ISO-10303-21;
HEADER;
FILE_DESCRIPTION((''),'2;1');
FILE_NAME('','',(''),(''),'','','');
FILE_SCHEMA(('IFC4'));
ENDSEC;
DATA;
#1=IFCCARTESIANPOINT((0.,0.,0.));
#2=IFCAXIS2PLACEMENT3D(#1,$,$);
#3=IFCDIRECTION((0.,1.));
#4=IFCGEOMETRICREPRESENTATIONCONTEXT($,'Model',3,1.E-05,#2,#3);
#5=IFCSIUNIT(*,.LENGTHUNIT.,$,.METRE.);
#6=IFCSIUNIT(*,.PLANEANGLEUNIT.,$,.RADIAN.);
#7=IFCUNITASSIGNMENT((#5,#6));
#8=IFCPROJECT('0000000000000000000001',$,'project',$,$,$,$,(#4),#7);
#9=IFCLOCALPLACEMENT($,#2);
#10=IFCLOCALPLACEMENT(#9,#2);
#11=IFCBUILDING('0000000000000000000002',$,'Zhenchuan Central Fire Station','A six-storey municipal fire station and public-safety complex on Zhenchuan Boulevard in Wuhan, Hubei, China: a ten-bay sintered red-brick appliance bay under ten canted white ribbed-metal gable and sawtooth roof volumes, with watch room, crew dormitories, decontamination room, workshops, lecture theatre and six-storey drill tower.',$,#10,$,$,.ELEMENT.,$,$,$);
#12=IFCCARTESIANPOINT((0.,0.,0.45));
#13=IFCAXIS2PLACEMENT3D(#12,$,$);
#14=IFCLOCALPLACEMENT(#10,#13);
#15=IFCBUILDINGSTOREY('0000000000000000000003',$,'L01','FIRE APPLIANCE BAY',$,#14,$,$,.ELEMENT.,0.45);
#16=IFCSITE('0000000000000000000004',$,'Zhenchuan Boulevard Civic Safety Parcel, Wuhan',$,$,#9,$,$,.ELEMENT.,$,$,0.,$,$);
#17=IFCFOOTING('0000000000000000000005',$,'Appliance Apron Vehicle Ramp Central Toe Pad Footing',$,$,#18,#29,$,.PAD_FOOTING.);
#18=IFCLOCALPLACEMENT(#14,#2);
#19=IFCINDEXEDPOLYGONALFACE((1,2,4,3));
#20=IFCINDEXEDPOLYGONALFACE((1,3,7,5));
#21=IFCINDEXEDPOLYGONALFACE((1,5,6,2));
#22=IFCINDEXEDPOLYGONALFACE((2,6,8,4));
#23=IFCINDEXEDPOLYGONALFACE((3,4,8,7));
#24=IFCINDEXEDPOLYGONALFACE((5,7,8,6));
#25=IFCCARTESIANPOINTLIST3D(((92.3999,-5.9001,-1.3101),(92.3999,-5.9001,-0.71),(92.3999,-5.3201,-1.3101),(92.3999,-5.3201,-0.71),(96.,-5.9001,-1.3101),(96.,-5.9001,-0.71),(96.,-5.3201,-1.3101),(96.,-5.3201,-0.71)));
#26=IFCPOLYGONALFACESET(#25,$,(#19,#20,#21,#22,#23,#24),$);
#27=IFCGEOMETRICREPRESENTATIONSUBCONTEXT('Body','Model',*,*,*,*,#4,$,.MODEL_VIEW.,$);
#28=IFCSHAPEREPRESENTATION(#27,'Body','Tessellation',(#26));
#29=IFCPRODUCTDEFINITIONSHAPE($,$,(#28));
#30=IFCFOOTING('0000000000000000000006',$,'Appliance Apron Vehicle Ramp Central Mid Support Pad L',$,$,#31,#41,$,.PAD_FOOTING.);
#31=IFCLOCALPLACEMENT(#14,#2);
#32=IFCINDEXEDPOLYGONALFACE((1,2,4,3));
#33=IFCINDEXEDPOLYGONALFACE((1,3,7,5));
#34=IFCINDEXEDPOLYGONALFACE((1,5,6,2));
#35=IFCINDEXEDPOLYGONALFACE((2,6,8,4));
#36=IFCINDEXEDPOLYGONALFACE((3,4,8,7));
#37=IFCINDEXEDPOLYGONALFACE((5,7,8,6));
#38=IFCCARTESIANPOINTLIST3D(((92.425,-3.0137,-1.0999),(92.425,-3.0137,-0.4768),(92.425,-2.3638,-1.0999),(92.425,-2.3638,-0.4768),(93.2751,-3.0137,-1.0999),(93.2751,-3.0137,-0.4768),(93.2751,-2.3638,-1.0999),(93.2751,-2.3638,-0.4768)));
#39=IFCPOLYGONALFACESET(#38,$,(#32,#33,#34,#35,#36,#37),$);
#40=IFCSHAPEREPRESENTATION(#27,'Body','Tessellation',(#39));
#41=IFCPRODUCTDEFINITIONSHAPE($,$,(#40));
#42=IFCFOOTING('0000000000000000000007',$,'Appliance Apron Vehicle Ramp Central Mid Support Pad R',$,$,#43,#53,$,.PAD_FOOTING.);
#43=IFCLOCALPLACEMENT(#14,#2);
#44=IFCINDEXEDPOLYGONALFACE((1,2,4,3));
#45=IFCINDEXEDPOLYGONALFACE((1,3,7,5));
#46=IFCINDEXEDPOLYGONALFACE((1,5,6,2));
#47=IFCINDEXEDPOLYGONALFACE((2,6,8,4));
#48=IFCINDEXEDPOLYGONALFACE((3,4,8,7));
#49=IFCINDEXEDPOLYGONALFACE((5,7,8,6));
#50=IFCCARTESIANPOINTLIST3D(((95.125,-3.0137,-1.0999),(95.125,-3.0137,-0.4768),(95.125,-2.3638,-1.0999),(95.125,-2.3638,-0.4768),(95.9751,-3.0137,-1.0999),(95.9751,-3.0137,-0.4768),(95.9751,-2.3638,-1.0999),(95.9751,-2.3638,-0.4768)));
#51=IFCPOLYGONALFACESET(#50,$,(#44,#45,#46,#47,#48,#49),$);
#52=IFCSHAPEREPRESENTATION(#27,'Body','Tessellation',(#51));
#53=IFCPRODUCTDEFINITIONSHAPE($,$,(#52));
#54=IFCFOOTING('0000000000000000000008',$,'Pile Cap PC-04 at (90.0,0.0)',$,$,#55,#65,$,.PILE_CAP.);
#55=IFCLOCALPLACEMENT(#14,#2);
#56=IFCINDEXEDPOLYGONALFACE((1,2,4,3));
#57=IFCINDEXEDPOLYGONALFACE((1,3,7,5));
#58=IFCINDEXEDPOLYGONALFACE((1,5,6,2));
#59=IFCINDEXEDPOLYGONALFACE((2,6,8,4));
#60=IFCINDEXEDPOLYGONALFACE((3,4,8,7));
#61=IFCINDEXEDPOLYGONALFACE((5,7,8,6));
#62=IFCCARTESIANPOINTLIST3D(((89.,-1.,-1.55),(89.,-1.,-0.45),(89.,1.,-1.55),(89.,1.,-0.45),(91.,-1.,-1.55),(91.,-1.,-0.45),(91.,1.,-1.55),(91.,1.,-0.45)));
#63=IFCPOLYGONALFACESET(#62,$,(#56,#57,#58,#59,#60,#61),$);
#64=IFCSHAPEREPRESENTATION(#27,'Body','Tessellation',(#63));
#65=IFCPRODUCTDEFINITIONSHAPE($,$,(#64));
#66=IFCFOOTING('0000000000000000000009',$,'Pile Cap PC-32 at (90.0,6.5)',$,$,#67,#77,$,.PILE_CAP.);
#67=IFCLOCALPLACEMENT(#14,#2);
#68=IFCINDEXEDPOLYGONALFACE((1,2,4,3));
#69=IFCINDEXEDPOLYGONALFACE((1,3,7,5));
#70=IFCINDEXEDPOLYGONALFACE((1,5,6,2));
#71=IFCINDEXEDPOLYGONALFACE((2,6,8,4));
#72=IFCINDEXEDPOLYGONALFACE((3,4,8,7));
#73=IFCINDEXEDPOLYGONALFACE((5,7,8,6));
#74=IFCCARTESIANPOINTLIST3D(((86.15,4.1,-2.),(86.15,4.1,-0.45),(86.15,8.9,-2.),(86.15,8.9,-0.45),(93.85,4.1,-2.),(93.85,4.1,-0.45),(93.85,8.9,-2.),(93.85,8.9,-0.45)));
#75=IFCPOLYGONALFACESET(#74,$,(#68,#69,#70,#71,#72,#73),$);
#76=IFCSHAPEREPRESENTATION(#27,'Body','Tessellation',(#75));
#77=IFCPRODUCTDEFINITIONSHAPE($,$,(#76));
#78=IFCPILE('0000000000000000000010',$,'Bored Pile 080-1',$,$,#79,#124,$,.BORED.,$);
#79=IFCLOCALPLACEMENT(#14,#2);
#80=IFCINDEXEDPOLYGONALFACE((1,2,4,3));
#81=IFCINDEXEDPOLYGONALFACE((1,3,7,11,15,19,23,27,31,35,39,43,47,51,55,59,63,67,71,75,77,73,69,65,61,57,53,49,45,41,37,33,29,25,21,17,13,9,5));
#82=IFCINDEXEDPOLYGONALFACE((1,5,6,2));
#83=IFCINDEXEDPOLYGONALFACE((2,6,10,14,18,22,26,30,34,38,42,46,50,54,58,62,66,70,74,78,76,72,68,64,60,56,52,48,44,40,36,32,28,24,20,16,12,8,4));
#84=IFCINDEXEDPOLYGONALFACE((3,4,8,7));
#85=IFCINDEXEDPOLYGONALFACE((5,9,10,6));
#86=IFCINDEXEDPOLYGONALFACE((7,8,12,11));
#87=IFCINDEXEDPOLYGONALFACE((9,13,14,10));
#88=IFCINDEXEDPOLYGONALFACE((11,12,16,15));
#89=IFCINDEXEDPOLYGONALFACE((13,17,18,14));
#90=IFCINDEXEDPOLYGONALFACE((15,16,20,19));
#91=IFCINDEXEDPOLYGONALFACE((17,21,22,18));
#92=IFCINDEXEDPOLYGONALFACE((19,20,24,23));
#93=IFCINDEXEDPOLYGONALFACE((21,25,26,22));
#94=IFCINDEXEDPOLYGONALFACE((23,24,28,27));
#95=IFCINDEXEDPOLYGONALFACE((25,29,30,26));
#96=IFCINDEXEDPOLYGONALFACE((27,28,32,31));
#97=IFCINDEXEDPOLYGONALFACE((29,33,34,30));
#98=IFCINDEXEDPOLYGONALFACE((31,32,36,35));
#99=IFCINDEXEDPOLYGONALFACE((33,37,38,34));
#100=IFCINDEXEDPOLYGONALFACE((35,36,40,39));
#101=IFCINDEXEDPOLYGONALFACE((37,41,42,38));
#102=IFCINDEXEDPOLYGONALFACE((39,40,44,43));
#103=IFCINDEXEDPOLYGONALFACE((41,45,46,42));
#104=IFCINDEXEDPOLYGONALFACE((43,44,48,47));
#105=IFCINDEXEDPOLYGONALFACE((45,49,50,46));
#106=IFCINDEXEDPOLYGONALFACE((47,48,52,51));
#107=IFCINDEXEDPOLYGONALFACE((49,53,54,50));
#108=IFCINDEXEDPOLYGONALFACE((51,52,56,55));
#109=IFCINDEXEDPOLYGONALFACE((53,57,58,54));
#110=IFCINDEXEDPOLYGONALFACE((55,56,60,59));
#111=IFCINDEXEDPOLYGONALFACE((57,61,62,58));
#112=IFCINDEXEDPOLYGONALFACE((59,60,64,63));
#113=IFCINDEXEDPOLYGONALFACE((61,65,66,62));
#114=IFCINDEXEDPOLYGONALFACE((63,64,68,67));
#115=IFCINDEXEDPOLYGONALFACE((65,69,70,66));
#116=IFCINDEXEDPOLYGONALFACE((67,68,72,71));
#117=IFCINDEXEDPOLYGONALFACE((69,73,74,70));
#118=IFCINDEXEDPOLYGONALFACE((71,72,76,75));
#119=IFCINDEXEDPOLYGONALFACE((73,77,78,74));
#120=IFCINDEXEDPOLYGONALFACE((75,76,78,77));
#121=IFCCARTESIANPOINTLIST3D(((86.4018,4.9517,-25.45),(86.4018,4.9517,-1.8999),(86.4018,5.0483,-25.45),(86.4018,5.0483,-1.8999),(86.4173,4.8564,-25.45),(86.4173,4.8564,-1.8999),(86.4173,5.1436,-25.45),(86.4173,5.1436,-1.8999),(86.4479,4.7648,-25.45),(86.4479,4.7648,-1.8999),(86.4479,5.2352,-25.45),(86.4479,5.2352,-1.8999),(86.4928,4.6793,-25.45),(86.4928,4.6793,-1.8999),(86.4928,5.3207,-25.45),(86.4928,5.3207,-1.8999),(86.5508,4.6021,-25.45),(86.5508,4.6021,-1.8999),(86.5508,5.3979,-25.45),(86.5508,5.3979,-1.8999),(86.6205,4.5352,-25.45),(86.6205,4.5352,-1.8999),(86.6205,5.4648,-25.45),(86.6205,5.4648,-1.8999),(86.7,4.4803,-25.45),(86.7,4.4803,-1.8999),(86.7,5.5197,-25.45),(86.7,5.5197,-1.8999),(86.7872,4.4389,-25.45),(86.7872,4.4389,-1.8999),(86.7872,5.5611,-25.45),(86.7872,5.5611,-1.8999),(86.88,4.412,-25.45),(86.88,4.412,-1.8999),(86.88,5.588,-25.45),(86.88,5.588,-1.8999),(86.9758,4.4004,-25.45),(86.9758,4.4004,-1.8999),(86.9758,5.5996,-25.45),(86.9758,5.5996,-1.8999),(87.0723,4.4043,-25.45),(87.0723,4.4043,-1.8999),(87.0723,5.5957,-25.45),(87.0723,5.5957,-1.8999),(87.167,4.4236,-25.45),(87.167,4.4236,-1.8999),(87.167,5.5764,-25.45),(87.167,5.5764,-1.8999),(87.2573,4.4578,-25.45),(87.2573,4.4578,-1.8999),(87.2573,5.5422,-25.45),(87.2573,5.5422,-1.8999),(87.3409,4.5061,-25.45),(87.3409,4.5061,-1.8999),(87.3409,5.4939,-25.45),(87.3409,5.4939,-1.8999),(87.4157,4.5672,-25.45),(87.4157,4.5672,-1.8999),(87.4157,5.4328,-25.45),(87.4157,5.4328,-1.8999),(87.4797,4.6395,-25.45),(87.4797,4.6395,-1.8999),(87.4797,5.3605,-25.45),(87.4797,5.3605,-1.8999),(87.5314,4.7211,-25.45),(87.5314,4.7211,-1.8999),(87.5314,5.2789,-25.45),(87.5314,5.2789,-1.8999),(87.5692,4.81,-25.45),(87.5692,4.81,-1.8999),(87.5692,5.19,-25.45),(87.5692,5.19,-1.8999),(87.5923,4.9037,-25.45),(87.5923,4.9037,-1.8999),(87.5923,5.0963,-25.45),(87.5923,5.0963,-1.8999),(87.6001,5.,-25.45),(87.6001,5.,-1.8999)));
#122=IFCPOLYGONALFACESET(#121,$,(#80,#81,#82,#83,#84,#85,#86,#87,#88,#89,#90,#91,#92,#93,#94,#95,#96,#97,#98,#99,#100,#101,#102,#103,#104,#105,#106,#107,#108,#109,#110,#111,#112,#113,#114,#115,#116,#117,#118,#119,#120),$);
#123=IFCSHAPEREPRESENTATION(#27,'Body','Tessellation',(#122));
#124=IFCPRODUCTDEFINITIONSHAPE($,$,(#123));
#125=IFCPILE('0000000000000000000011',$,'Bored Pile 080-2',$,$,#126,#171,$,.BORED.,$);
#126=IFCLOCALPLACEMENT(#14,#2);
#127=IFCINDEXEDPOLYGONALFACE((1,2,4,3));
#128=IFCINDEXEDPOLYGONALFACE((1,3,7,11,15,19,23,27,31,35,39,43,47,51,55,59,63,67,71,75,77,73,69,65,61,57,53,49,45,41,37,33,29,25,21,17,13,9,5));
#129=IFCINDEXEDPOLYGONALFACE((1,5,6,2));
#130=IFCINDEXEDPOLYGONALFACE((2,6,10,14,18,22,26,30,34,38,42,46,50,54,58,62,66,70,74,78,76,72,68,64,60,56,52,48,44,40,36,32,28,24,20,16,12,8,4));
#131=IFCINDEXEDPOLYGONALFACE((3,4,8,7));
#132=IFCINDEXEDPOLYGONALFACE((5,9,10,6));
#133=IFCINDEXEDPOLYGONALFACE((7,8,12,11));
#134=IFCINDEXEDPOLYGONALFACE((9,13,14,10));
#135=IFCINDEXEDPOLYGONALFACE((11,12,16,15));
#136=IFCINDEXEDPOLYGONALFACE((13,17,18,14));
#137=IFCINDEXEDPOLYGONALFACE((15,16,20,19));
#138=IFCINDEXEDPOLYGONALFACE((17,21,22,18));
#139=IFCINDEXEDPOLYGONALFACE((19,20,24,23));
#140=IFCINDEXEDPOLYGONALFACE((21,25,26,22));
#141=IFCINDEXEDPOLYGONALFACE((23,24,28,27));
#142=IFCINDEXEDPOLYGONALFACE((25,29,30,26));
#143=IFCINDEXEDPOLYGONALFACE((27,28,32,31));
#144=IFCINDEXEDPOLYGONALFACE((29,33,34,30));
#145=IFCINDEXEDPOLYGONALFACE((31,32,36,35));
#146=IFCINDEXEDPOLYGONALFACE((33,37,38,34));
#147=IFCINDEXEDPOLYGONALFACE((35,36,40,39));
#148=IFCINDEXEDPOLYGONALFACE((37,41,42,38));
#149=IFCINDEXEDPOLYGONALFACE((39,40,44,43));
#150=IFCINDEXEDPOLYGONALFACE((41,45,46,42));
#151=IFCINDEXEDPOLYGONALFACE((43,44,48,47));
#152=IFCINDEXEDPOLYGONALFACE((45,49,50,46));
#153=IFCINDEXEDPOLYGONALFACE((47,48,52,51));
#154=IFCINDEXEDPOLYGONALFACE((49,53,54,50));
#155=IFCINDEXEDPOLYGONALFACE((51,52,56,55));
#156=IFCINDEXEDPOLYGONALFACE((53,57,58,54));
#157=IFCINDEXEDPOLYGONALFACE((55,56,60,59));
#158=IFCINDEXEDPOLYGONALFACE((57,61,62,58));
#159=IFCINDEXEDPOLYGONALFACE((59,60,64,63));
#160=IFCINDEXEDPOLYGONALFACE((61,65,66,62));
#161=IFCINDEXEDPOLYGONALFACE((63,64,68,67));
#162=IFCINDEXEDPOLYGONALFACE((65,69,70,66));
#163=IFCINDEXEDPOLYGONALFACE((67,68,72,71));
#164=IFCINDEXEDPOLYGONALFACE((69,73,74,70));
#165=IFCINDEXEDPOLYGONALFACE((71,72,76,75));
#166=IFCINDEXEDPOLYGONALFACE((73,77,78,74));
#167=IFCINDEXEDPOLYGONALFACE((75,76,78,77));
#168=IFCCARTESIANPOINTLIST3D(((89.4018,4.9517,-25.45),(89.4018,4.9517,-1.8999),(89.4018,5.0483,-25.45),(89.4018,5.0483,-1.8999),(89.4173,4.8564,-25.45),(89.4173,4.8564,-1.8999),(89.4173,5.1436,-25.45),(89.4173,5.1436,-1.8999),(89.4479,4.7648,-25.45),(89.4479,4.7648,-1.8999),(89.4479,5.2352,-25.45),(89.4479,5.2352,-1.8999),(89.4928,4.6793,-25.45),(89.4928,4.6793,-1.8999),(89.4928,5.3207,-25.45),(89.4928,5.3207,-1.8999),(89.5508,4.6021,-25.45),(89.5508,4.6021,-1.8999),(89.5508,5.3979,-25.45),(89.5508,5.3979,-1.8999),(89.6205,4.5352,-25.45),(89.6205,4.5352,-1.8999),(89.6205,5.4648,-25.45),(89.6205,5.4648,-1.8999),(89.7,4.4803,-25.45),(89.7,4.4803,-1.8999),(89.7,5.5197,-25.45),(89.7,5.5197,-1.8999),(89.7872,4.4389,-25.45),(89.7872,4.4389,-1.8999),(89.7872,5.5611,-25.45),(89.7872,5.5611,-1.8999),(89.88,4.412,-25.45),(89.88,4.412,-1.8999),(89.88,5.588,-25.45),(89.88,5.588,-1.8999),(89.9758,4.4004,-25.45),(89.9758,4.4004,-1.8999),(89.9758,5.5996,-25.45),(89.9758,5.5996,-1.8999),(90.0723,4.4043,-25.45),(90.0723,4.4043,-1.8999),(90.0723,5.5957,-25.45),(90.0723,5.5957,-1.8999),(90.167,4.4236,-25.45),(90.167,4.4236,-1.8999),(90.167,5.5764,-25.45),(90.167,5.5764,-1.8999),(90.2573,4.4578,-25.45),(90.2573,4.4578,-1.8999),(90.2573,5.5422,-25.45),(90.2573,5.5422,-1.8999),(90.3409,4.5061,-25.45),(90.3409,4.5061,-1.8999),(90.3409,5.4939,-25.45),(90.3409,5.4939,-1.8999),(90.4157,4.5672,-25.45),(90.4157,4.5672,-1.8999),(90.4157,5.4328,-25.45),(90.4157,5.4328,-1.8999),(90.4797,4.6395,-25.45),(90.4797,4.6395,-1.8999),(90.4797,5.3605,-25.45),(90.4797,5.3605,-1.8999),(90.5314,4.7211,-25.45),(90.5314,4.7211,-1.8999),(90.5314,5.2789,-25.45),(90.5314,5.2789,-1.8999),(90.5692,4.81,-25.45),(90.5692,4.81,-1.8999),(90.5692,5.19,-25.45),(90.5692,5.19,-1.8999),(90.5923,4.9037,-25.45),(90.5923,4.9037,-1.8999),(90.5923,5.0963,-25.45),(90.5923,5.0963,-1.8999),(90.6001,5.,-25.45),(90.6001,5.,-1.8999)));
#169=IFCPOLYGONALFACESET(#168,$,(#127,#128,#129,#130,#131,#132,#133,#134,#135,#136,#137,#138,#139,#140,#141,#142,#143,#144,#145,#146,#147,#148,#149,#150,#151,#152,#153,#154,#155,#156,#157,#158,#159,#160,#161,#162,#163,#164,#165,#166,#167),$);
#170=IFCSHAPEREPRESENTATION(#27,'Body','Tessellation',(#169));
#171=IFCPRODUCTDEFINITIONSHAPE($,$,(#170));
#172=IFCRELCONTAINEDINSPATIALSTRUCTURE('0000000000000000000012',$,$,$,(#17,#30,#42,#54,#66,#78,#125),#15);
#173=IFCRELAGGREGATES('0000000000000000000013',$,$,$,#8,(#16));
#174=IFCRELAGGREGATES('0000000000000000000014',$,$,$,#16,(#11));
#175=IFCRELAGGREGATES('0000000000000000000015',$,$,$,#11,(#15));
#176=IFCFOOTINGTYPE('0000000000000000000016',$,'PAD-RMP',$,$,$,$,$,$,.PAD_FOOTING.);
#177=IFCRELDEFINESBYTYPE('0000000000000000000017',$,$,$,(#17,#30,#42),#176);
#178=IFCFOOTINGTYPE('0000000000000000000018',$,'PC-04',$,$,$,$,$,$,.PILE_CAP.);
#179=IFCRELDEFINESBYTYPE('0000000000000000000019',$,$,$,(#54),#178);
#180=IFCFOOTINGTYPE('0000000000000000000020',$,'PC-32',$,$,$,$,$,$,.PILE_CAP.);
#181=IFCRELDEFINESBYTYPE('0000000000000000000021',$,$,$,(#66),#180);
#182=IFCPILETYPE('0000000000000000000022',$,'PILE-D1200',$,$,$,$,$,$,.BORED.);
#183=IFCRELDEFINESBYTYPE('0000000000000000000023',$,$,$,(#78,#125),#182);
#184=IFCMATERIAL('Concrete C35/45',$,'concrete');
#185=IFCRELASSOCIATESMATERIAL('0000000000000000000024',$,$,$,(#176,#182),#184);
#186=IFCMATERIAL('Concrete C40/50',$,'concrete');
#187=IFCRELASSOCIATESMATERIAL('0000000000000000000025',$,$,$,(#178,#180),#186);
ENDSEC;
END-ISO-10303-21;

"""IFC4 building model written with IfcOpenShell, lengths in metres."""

from ifc_helpers import new_model, si_unit, direction, frame, origin, origin_2d, place, context, subcontext, project, spatial, rectangle, circle, extrude, material, material_profile, profile_set, type_object, element, save


model = new_model("IFC4")

# Units and contexts
model_context = context("Model", 3, precision=1e-05, world=origin(), true_north=direction((0.0, 1.0)))
body_context = subcontext(model_context, "Body", "Model", "MODEL_VIEW")
ifc_project = project(units=[si_unit("LENGTHUNIT", "METRE"), si_unit("PLANEANGLEUNIT", "RADIAN")], contexts=[model_context])

# Site, building, storey
site_placement = place(None, origin())
site = spatial("IfcSite", under=ifc_project, at=site_placement, Name="Zhenchuan Boulevard Civic Safety Parcel, Wuhan", CompositionType="ELEMENT", RefElevation=0.0)
building_placement = place(site_placement, origin())
building = spatial("IfcBuilding", under=site, at=building_placement, Name="Zhenchuan Central Fire Station", Description="A six-storey municipal fire station and public-safety complex on Zhenchuan Boulevard in Wuhan, Hubei, China: a ten-bay sintered red-brick appliance bay under ten canted white ribbed-metal gable and sawtooth roof volumes, with watch room, crew dormitories, decontamination room, workshops, lecture theatre and six-storey drill tower.", CompositionType="ELEMENT")
storey_placement = place(building_placement, frame((0.0, 0.0, 0.45)))
storey = spatial("IfcBuildingStorey", under=building, at=storey_placement, Name="L01", Description="FIRE APPLIANCE BAY", CompositionType="ELEMENT", Elevation=0.45)

# Footings
ifc_material_1 = material(Name="Concrete C35/45", Category="concrete")
footing_type_1 = type_object("IfcFootingType", Name="PAD-RMP", PredefinedType="PAD_FOOTING", material=ifc_material_1)
footing_1_placement = place(storey_placement, frame((94.2, -5.6101, -1.3101), z_axis=(0.0, 0.0, 1.0), x_axis=(1.0, 0.0, 0.0)))
element("IfcFooting", 1, at=footing_1_placement, inside=storey, type_object=footing_type_1, Name="Appliance Apron Vehicle Ramp Central Toe Pad Footing", PredefinedType="PAD_FOOTING", context=body_context, shape_type="SweptSolid", body=[
    extrude(rectangle(XDim=3.6001, YDim=0.5801, at=origin_2d()), origin(), (0.0, 0.0, 1.0), 0.6001),
])
for number, where, z_axis, x_axis, name in (
    (2, (92.8501, -2.6887, -1.0999), (0.0, 0.0, 1.0), (1.0, 0.0, 0.0), "Appliance Apron Vehicle Ramp Central Mid Support Pad L"),
    (3, (95.55, -2.6887, -1.0999), (0.0, 0.0, 1.0), (1.0, 0.0, 0.0), "Appliance Apron Vehicle Ramp Central Mid Support Pad R"),
):
    element("IfcFooting", number, at=place(storey_placement, frame(where, z_axis=z_axis, x_axis=x_axis)), inside=storey, type_object=footing_type_1, Name=name, PredefinedType="PAD_FOOTING", context=body_context, shape_type="SweptSolid", body=[
        extrude(rectangle(XDim=0.8501, YDim=0.6499, at=origin_2d()), origin(), (0.0, 0.0, 1.0), 0.623),
    ])
ifc_material_2 = material(Name="Concrete C40/50", Category="concrete")
footing_type_2 = type_object("IfcFootingType", Name="PC-04", PredefinedType="PILE_CAP", material=ifc_material_2)
footing_2_placement = place(storey_placement, frame((90.0, 0.0, -1.55), z_axis=(0.0, 0.0, 1.0), x_axis=(1.0, 0.0, 0.0)))
element("IfcFooting", 4, at=footing_2_placement, inside=storey, type_object=footing_type_2, Name="Pile Cap PC-04 at (90.0,0.0)", PredefinedType="PILE_CAP", context=body_context, shape_type="SweptSolid", body=[
    extrude(rectangle(XDim=2.0, YDim=2.0, at=origin_2d()), origin(), (0.0, 0.0, 1.0), 1.1001),
])
footing_type_3 = type_object("IfcFootingType", Name="PC-32", PredefinedType="PILE_CAP", material=ifc_material_2)
footing_3_placement = place(storey_placement, frame((90.0, 6.5, -2.0), z_axis=(0.0, 0.0, 1.0), x_axis=(1.0, 0.0, 0.0)))
element("IfcFooting", 5, at=footing_3_placement, inside=storey, type_object=footing_type_3, Name="Pile Cap PC-32 at (90.0,6.5)", PredefinedType="PILE_CAP", context=body_context, shape_type="SweptSolid", body=[
    extrude(rectangle(XDim=7.7, YDim=4.8, at=origin_2d()), origin(), (0.0, 0.0, 1.0), 1.55),
])

# Piles
ifc_material_profile_1 = material_profile(ifc_material_1, circle(Radius=0.6001, at=origin_2d()), Name="PILE D1200")
ifc_profile_set_1 = profile_set([ifc_material_profile_1], Name="Concrete C35/45")
pile_type_1 = type_object("IfcPileType", Name="PILE-D1200", PredefinedType="BORED", material=ifc_profile_set_1)
for number, where, z_axis, x_axis, name in (
    (6, (87.0, 5.0, -1.8999), (0.0, 0.0, -1.0), (1.0, 0.0, 0.0), "Bored Pile 080-1"),
    (7, (90.0, 5.0, -1.8999), (0.0, 0.0, -1.0), (1.0, 0.0, 0.0), "Bored Pile 080-2"),
):
    element("IfcPile", number, at=place(storey_placement, frame(where, z_axis=z_axis, x_axis=x_axis)), inside=storey, type_object=pile_type_1, Name=name, PredefinedType="BORED", context=body_context, shape_type="SweptSolid", body=[
        extrude(circle(Radius=0.6001, at=origin_2d()), origin(), (0.0, 0.0, 1.0), 23.55),
    ])

save(model, "model.ifc")
